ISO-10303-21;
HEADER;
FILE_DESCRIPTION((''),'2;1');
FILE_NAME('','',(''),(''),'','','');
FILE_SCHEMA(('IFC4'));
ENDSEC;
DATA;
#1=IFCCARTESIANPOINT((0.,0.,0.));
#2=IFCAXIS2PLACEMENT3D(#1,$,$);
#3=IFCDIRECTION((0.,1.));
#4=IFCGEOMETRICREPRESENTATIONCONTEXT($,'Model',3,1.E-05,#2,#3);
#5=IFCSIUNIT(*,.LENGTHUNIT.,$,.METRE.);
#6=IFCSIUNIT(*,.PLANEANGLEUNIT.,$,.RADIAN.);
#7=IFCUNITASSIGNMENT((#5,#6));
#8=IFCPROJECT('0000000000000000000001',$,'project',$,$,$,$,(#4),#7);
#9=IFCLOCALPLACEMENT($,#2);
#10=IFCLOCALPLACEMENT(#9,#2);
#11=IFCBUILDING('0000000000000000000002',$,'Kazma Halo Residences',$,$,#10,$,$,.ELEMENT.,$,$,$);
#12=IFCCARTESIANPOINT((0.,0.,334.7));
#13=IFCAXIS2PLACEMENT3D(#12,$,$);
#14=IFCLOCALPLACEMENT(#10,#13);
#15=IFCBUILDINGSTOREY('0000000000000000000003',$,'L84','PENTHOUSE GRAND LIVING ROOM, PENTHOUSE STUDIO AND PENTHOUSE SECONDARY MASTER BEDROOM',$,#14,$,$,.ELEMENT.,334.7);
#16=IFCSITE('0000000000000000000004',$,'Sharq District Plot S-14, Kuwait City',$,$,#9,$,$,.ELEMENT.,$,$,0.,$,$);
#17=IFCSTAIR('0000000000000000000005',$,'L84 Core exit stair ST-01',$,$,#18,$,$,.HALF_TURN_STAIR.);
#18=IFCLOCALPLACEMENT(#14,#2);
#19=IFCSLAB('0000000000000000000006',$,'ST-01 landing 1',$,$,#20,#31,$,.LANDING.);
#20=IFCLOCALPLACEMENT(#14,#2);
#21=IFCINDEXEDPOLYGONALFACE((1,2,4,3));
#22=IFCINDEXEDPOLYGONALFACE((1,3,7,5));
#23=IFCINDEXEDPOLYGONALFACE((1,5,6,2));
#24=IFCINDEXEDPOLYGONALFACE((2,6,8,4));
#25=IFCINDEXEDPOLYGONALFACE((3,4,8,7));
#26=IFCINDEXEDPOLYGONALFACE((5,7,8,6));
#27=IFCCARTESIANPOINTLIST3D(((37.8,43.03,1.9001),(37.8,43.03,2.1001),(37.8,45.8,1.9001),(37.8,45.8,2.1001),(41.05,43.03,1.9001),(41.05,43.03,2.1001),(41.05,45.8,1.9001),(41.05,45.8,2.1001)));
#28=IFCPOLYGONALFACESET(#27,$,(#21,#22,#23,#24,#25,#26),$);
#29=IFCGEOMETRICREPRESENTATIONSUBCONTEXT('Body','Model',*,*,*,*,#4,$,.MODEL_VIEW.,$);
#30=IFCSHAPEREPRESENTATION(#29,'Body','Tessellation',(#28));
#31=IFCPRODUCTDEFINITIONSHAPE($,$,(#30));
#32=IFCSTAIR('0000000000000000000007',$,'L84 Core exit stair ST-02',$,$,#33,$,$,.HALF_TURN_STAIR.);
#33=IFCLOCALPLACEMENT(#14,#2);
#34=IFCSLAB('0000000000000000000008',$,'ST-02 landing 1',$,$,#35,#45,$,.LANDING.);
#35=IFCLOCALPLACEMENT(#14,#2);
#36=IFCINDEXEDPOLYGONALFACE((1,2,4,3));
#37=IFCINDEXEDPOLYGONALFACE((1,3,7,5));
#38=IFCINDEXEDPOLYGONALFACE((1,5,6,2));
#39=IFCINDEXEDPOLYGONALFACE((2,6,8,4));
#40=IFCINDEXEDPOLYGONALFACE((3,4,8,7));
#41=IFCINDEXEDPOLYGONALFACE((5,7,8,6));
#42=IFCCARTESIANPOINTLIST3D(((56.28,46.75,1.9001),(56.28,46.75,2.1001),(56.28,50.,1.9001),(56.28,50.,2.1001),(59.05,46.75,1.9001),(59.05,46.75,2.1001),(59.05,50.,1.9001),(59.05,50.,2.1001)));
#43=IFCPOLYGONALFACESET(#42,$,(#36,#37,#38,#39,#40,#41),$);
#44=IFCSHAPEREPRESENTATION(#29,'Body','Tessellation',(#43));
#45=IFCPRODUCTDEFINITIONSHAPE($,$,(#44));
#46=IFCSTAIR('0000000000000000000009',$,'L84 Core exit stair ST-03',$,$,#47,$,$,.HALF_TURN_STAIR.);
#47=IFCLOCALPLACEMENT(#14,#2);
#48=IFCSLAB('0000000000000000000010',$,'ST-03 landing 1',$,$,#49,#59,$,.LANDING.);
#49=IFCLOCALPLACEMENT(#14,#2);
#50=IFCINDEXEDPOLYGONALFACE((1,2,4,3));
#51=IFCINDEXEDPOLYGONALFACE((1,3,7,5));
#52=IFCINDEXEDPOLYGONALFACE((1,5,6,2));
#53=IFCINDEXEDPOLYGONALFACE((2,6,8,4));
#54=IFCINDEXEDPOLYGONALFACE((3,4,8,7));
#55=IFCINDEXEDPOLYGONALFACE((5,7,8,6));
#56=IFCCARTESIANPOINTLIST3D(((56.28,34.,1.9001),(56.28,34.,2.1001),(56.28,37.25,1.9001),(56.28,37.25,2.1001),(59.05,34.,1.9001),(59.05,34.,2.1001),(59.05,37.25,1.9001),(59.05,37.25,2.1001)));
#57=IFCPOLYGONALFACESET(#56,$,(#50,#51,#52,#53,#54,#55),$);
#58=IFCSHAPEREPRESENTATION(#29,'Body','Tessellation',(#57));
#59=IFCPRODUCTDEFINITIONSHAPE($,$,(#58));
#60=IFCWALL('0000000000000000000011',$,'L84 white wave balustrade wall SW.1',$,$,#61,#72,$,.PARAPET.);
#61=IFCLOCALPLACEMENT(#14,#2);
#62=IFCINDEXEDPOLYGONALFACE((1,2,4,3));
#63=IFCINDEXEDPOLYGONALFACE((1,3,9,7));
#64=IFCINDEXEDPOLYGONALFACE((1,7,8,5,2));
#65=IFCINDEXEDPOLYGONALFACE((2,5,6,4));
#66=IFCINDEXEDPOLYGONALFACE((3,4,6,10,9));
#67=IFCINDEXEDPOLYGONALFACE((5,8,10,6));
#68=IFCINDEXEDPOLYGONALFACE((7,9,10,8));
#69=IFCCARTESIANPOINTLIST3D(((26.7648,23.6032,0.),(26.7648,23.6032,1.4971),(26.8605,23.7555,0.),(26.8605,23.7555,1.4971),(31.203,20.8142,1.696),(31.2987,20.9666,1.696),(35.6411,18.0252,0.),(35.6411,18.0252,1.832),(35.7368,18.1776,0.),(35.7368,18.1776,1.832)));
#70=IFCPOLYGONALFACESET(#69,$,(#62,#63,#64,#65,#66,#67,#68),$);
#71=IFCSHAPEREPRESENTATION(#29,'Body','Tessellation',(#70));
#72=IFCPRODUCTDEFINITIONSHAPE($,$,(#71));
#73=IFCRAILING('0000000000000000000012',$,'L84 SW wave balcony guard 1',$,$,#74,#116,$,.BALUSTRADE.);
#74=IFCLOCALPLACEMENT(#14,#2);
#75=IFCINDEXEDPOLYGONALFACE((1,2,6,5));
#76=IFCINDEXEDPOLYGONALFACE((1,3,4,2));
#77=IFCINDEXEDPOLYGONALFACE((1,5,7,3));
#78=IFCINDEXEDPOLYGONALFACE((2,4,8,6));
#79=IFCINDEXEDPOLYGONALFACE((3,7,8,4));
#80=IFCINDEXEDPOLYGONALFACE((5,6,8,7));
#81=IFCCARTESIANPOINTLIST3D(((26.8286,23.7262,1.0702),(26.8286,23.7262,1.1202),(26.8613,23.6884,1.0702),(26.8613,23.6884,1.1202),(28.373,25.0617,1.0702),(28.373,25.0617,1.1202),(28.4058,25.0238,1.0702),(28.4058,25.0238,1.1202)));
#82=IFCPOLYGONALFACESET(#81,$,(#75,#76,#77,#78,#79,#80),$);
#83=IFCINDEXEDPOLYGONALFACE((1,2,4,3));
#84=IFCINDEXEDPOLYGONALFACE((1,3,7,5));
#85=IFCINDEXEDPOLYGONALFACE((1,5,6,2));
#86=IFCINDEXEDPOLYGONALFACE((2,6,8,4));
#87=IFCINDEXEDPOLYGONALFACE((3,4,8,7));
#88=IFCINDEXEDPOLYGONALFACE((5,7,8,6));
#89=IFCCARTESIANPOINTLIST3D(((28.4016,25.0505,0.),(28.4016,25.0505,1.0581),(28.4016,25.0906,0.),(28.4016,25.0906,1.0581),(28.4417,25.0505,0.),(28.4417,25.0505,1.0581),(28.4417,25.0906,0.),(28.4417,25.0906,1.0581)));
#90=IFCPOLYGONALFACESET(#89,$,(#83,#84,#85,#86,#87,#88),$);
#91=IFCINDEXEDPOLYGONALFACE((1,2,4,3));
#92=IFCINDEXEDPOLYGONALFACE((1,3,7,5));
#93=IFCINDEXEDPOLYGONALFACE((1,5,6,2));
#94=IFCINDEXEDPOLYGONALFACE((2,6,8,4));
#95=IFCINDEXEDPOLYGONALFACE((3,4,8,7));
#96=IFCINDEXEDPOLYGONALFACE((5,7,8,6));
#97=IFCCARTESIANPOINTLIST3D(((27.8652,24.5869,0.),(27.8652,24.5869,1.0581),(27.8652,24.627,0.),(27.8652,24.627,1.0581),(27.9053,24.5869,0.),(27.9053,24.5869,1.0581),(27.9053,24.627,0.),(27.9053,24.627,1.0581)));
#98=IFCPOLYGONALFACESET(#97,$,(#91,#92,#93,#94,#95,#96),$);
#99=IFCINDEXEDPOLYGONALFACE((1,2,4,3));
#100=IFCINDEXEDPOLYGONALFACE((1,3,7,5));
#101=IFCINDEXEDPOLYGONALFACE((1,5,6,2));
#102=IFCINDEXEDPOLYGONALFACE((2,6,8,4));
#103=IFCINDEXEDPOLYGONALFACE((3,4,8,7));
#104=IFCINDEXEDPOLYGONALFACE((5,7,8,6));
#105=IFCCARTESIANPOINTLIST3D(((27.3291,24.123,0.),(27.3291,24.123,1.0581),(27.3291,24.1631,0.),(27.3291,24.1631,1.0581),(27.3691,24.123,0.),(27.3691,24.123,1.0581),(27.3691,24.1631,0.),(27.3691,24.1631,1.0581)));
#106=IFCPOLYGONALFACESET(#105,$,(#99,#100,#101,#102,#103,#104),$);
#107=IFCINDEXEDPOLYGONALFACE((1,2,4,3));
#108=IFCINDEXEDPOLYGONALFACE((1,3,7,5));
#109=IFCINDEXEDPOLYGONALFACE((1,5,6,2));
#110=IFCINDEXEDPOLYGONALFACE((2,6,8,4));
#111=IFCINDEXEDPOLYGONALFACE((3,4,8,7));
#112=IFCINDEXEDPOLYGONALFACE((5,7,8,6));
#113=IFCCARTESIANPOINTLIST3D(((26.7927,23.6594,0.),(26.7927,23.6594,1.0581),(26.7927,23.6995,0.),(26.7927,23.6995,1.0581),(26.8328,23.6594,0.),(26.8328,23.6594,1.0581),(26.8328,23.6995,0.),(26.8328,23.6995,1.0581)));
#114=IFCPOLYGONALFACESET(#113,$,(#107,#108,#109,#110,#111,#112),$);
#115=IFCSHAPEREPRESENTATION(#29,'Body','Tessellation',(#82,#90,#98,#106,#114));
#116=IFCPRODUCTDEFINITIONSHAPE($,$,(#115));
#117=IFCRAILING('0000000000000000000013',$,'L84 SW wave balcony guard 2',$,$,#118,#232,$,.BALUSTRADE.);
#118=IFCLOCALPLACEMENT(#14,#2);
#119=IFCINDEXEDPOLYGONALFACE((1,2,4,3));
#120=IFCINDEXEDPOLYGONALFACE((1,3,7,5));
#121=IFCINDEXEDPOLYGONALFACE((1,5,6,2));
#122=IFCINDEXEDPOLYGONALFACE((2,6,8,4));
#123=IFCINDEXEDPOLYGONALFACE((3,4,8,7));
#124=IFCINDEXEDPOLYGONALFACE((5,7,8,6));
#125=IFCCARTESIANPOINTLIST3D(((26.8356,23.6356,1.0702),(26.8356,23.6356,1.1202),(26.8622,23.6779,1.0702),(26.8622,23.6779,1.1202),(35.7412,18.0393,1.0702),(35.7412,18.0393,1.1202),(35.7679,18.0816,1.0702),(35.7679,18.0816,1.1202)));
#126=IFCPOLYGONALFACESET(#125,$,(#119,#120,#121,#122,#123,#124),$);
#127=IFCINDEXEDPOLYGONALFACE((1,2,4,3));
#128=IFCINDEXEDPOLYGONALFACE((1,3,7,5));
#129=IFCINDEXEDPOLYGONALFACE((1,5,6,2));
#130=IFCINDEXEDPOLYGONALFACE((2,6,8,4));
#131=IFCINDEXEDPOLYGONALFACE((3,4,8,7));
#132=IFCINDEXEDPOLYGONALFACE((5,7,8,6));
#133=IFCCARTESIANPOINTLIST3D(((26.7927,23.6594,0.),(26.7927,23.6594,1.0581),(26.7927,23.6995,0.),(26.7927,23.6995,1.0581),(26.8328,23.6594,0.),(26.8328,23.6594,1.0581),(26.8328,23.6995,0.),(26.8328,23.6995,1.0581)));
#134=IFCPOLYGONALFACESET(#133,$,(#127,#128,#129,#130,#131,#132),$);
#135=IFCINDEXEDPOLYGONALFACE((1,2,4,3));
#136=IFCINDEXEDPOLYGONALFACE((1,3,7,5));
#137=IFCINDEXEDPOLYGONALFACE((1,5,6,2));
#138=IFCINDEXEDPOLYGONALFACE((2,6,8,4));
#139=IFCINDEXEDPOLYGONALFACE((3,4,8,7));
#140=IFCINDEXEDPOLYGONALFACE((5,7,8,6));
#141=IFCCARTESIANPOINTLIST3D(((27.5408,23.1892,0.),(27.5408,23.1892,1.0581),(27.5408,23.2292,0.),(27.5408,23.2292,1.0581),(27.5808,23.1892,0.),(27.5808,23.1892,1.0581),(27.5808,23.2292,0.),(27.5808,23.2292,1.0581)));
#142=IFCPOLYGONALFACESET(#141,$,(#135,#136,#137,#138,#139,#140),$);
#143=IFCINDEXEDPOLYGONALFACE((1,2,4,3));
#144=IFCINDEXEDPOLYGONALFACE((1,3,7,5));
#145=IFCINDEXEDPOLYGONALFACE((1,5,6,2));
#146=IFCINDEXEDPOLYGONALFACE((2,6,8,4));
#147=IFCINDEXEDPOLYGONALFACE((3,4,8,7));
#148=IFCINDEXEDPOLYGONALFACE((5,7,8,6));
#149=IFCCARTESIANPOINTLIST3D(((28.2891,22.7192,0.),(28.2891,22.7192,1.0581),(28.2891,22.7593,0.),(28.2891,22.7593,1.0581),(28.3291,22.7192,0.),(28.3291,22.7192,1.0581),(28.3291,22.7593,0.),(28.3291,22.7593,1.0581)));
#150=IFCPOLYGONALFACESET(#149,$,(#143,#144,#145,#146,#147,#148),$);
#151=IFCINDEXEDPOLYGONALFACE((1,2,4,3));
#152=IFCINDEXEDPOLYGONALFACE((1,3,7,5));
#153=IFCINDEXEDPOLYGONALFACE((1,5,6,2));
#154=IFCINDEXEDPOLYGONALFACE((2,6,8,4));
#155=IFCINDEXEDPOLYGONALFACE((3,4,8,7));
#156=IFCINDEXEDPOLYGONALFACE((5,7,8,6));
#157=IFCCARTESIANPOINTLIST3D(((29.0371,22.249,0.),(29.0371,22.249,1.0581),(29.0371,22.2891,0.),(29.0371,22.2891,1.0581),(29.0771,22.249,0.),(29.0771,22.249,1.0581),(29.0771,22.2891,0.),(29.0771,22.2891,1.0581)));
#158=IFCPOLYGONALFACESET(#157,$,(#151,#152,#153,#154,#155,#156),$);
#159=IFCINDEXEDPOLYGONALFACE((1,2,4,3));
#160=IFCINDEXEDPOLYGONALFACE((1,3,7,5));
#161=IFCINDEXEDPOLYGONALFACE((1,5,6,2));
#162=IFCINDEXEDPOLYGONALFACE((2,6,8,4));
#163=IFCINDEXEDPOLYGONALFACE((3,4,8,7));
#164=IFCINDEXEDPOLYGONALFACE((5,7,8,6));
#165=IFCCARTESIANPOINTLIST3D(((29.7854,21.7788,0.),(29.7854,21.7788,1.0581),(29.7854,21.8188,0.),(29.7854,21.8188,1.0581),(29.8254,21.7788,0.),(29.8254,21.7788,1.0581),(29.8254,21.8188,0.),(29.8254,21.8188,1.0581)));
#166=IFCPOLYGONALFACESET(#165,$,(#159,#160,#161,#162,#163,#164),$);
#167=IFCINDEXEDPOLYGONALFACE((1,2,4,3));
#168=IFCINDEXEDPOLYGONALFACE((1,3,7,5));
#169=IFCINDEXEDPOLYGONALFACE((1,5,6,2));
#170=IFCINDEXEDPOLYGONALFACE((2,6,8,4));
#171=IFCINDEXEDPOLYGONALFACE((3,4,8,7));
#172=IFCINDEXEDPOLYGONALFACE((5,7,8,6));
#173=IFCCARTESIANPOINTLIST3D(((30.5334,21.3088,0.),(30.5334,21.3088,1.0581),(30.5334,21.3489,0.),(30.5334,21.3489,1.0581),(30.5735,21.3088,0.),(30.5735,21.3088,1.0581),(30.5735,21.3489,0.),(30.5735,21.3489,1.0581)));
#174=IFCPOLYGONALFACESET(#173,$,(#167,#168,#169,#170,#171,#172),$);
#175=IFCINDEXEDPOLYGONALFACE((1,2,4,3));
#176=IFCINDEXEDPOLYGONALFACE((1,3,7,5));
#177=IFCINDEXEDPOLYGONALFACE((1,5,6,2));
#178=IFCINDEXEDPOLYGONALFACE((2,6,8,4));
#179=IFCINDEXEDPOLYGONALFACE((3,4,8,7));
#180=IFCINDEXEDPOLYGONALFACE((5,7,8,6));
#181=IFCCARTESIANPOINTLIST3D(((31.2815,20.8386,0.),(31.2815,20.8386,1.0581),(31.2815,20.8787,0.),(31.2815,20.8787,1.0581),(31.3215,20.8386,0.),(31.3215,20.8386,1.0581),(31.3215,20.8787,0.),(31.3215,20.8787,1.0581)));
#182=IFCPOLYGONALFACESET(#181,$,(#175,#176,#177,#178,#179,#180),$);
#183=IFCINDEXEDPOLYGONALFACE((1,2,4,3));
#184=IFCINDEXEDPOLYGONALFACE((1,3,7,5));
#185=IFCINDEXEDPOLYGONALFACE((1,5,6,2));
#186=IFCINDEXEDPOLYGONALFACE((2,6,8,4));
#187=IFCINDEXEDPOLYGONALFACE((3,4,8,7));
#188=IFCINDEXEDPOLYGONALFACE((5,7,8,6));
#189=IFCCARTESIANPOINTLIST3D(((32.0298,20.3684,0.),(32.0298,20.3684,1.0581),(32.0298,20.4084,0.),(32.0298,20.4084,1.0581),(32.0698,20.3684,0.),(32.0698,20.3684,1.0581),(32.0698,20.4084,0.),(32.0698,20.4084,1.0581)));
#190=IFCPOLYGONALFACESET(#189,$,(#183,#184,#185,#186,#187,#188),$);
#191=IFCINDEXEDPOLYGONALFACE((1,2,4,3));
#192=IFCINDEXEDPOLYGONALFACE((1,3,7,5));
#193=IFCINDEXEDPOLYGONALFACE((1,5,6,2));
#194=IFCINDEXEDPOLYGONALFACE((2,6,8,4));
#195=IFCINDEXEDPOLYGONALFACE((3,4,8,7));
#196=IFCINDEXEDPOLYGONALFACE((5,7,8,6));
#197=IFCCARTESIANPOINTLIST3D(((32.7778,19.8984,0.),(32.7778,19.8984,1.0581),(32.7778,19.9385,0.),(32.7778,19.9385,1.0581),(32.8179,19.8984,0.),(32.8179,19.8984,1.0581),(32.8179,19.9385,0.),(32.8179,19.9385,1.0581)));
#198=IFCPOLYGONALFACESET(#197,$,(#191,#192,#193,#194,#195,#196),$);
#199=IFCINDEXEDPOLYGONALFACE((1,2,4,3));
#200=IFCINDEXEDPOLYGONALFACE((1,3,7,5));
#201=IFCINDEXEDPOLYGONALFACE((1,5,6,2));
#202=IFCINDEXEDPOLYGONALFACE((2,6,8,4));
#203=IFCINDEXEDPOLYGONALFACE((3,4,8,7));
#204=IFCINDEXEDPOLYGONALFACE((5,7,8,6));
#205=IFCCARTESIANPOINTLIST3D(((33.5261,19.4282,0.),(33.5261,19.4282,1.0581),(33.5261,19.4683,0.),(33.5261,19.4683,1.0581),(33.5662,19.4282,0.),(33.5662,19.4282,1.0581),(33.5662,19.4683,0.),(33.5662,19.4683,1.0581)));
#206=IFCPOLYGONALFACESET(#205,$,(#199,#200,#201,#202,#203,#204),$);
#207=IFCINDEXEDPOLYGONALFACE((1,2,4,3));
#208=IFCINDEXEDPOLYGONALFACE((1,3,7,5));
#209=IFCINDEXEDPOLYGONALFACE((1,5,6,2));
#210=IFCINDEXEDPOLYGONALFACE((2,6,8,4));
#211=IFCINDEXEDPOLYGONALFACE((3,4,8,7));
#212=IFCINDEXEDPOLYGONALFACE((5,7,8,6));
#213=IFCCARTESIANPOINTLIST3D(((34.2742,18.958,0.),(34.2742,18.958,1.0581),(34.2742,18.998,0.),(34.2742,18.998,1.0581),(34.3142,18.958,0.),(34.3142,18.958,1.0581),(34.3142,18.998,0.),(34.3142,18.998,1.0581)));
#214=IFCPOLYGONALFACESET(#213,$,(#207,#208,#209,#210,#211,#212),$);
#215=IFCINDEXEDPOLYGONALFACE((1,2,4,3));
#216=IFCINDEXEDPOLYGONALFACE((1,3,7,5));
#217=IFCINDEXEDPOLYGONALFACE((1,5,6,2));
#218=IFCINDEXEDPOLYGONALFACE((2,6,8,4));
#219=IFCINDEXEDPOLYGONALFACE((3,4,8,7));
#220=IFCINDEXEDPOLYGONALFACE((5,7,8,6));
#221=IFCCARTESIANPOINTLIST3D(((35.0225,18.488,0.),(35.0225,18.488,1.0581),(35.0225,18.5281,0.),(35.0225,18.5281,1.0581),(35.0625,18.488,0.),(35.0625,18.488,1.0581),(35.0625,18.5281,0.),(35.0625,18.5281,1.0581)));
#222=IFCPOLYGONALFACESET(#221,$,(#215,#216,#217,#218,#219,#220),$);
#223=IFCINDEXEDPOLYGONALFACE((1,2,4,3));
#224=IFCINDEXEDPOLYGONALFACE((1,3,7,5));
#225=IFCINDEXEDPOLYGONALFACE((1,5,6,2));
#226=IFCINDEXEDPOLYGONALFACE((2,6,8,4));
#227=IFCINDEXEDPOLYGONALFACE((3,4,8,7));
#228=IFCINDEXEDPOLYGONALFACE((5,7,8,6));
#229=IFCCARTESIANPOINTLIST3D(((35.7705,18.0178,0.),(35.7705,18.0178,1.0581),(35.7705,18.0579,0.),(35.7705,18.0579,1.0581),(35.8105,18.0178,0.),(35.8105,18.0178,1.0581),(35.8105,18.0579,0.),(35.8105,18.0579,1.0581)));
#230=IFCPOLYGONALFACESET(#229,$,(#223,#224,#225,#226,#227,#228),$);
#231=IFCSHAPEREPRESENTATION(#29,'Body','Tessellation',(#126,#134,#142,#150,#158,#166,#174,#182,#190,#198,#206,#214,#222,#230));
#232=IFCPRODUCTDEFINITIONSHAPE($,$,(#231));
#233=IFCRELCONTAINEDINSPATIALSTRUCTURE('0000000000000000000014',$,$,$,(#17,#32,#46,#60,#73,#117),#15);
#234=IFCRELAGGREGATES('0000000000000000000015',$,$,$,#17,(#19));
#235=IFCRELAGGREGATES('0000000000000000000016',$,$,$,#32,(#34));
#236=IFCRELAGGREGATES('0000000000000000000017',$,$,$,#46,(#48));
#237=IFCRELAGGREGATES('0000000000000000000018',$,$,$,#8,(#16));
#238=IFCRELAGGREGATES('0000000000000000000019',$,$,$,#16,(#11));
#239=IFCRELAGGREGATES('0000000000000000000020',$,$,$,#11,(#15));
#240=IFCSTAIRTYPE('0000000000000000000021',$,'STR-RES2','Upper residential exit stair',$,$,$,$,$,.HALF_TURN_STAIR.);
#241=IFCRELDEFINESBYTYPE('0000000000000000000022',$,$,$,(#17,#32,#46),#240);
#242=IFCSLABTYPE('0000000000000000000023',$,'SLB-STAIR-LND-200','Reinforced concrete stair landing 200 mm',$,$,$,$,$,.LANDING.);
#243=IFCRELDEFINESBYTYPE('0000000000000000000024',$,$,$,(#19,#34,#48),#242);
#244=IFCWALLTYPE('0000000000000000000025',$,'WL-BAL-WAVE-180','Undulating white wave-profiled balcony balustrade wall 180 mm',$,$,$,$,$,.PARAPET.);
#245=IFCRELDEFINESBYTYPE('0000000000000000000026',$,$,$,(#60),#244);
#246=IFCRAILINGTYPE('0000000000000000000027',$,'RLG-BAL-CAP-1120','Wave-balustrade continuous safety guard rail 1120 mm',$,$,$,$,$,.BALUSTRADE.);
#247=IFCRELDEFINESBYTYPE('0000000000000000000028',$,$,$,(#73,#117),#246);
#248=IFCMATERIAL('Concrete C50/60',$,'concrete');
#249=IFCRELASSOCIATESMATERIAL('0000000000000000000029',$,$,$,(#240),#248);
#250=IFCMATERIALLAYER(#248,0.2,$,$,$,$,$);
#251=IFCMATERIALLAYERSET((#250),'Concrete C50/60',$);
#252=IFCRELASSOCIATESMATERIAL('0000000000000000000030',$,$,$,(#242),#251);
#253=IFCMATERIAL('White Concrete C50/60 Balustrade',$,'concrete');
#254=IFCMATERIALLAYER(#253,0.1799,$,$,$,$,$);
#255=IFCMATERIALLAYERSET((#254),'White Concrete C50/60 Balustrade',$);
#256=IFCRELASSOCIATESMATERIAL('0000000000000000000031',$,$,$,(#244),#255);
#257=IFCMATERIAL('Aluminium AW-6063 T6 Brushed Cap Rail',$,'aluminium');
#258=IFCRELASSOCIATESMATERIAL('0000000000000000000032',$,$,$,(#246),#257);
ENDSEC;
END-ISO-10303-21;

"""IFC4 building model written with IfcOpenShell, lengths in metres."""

from ifc_helpers import new_model, si_unit, direction, frame, origin, origin_2d, place, context, subcontext, project, spatial, polyline, rectangle, outline, extrude, material, layer, layer_set, type_object, element, aggregate, save


model = new_model("IFC4")

# Units and contexts
model_context = context("Model", 3, precision=1e-05, world=origin(), true_north=direction((0.0, 1.0)))
body_context = subcontext(model_context, "Body", "Model", "MODEL_VIEW")
ifc_project = project(units=[si_unit("LENGTHUNIT", "METRE"), si_unit("PLANEANGLEUNIT", "RADIAN")], contexts=[model_context])

# Site, building, storey
site_placement = place(None, origin())
site = spatial("IfcSite", under=ifc_project, at=site_placement, Name="Sharq District Plot S-14, Kuwait City", CompositionType="ELEMENT", RefElevation=0.0)
building_placement = place(site_placement, origin())
building = spatial("IfcBuilding", under=site, at=building_placement, Name="Kazma Halo Residences", CompositionType="ELEMENT")
storey_placement = place(building_placement, frame((0.0, 0.0, 334.7)))
storey = spatial("IfcBuildingStorey", under=building, at=storey_placement, Name="L84", Description="PENTHOUSE GRAND LIVING ROOM, PENTHOUSE STUDIO AND PENTHOUSE SECONDARY MASTER BEDROOM", CompositionType="ELEMENT", Elevation=334.7)

# Shared definitions
ifc_material_1 = material(Name="Concrete C50/60", Category="concrete")

# Stairs, slabs
stair_type = type_object("IfcStairType", Name="STR-RES2", Description="Upper residential exit stair", PredefinedType="HALF_TURN_STAIR", material=ifc_material_1)
stair_1_placement = place(storey_placement, origin())
stair_1 = element("IfcStair", 1, at=stair_1_placement, inside=storey, type_object=stair_type, Name="L84 Core exit stair ST-01", PredefinedType="HALF_TURN_STAIR")
ifc_layer_1 = layer(ifc_material_1, 0.2)
ifc_layer_set_1 = layer_set([ifc_layer_1], Name="Concrete C50/60")
slab_type_1 = type_object("IfcSlabType", Name="SLB-STAIR-LND-200", Description="Reinforced concrete stair landing 200 mm", PredefinedType="LANDING", material=ifc_layer_set_1)
slab_1_placement = place(storey_placement, frame((0.0, 0.0, 1.9001)))
slab_1 = element("IfcSlab", 2, at=slab_1_placement, type_object=slab_type_1, Name="ST-01 landing 1", PredefinedType="LANDING", context=body_context, shape_type="SweptSolid", body=[
    extrude(outline(polyline([(41.05, 43.03), (41.05, 45.8), (37.8, 45.8), (37.8, 43.03), (41.05, 43.03)])), origin(), (0.0, 0.0, 1.0), 0.2),
])
aggregate(stair_1, [slab_1])
stair_2_placement = place(storey_placement, origin())
stair_2 = element("IfcStair", 3, at=stair_2_placement, inside=storey, type_object=stair_type, Name="L84 Core exit stair ST-02", PredefinedType="HALF_TURN_STAIR")
slab_2_placement = place(storey_placement, frame((0.0, 0.0, 1.9001)))
slab_2 = element("IfcSlab", 4, at=slab_2_placement, type_object=slab_type_1, Name="ST-02 landing 1", PredefinedType="LANDING", context=body_context, shape_type="SweptSolid", body=[
    extrude(outline(polyline([(56.28, 46.75), (59.05, 46.75), (59.05, 50.0), (56.28, 50.0), (56.28, 46.75)])), origin(), (0.0, 0.0, 1.0), 0.2),
])
aggregate(stair_2, [slab_2])
stair_3_placement = place(storey_placement, origin())
stair_3 = element("IfcStair", 5, at=stair_3_placement, inside=storey, type_object=stair_type, Name="L84 Core exit stair ST-03", PredefinedType="HALF_TURN_STAIR")
slab_3_placement = place(storey_placement, frame((0.0, 0.0, 1.9001)))
slab_3 = element("IfcSlab", 6, at=slab_3_placement, type_object=slab_type_1, Name="ST-03 landing 1", PredefinedType="LANDING", context=body_context, shape_type="SweptSolid", body=[
    extrude(outline(polyline([(56.28, 34.0), (59.05, 34.0), (59.05, 37.25), (56.28, 37.25), (56.28, 34.0)])), origin(), (0.0, 0.0, 1.0), 0.2),
])
aggregate(stair_3, [slab_3])

# Wall
ifc_material_2 = material(Name="White Concrete C50/60 Balustrade", Category="concrete")
ifc_layer_2 = layer(ifc_material_2, 0.1799)
ifc_layer_set_2 = layer_set([ifc_layer_2], Name="White Concrete C50/60 Balustrade")
wall_type_1 = type_object("IfcWallType", Name="WL-BAL-WAVE-180", Description="Undulating white wave-profiled balcony balustrade wall 180 mm", PredefinedType="PARAPET", material=ifc_layer_set_2)
wall_1_placement = place(storey_placement, frame((26.8127, 23.6794, 0.0), z_axis=(0.0, 0.0, 1.0), x_axis=(0.846699, -0.532072, 0.0)))
element("IfcWall", 7, at=wall_1_placement, inside=storey, type_object=wall_type_1, Name="L84 white wave balustrade wall SW.1", PredefinedType="PARAPET", context=body_context, shape_type="SweptSolid", body=[
    extrude(outline(polyline([(0.0, 0.0), (10.4834, 0.0), (10.4834, 1.832), (5.2417, 1.696), (0.0, 1.4971), (0.0, 0.0)])), frame((0.0, 0.0898, 0.0), z_axis=(0.0, -1.0, 0.0), x_axis=(1.0, 0.0, 0.0)), (0.0, 0.0, 1.0), 0.1799),
])

# Railings
ifc_material_3 = material(Name="Aluminium AW-6063 T6 Brushed Cap Rail", Category="aluminium")
railing_type = type_object("IfcRailingType", Name="RLG-BAL-CAP-1120", Description="Wave-balustrade continuous safety guard rail 1120 mm", PredefinedType="BALUSTRADE", material=ifc_material_3)
railing_1_placement = place(storey_placement, frame((28.4216, 25.0706, 0.0)))
element("IfcRailing", 8, at=railing_1_placement, inside=storey, type_object=railing_type, Name="L84 SW wave balcony guard 1", PredefinedType="BALUSTRADE", context=body_context, shape_type="SweptSolid", body=[
    extrude(rectangle(XDim=0.05, YDim=0.05, at=origin_2d()), frame((-0.0322, -0.0278, 1.0952), z_axis=(-0.756446, -0.654056, 0.0), x_axis=(0.654056, -0.756446, 0.0)), (0.0, 0.0, 1.0), 2.0417),
    extrude(rectangle(XDim=0.04, YDim=0.04, at=origin_2d()), origin(), (0.0, 0.0, 1.0), 1.0581),
    extrude(rectangle(XDim=0.04, YDim=0.04, at=origin_2d()), frame((-0.5364, -0.4636, 0.0)), (0.0, 0.0, 1.0), 1.0581),
    extrude(rectangle(XDim=0.04, YDim=0.04, at=origin_2d()), frame((-1.0725, -0.9275, 0.0)), (0.0, 0.0, 1.0), 1.0581),
    extrude(rectangle(XDim=0.04, YDim=0.04, at=origin_2d()), frame((-1.6089, -1.3911, 0.0)), (0.0, 0.0, 1.0), 1.0581),
])
railing_2_placement = place(storey_placement, frame((26.8127, 23.6794, 0.0)))
element("IfcRailing", 9, at=railing_2_placement, inside=storey, type_object=railing_type, Name="L84 SW wave balcony guard 2", PredefinedType="BALUSTRADE", context=body_context, shape_type="SweptSolid", body=[
    extrude(rectangle(XDim=0.05, YDim=0.05, at=origin_2d()), frame((0.0361, -0.0227, 1.0952), z_axis=(0.846704, -0.532065, 0.0), x_axis=(0.532065, 0.846704, 0.0)), (0.0, 0.0, 1.0), 10.5181),
    extrude(rectangle(XDim=0.04, YDim=0.04, at=origin_2d()), origin(), (0.0, 0.0, 1.0), 1.0581),
    extrude(rectangle(XDim=0.04, YDim=0.04, at=origin_2d()), frame((0.748, -0.4702, 0.0)), (0.0, 0.0, 1.0), 1.0581),
    extrude(rectangle(XDim=0.04, YDim=0.04, at=origin_2d()), frame((1.4963, -0.9402, 0.0)), (0.0, 0.0, 1.0), 1.0581),
    extrude(rectangle(XDim=0.04, YDim=0.04, at=origin_2d()), frame((2.2444, -1.4104, 0.0)), (0.0, 0.0, 1.0), 1.0581),
    extrude(rectangle(XDim=0.04, YDim=0.04, at=origin_2d()), frame((2.9927, -1.8806, 0.0)), (0.0, 0.0, 1.0), 1.0581),
    extrude(rectangle(XDim=0.04, YDim=0.04, at=origin_2d()), frame((3.7407, -2.3506, 0.0)), (0.0, 0.0, 1.0), 1.0581),
    extrude(rectangle(XDim=0.04, YDim=0.04, at=origin_2d()), frame((4.4888, -2.8208, 0.0)), (0.0, 0.0, 1.0), 1.0581),
    extrude(rectangle(XDim=0.04, YDim=0.04, at=origin_2d()), frame((5.2371, -3.291, 0.0)), (0.0, 0.0, 1.0), 1.0581),
    extrude(rectangle(XDim=0.04, YDim=0.04, at=origin_2d()), frame((5.9851, -3.761, 0.0)), (0.0, 0.0, 1.0), 1.0581),
    extrude(rectangle(XDim=0.04, YDim=0.04, at=origin_2d()), frame((6.7334, -4.2312, 0.0)), (0.0, 0.0, 1.0), 1.0581),
    extrude(rectangle(XDim=0.04, YDim=0.04, at=origin_2d()), frame((7.4814, -4.7014, 0.0)), (0.0, 0.0, 1.0), 1.0581),
    extrude(rectangle(XDim=0.04, YDim=0.04, at=origin_2d()), frame((8.2297, -5.1714, 0.0)), (0.0, 0.0, 1.0), 1.0581),
    extrude(rectangle(XDim=0.04, YDim=0.04, at=origin_2d()), frame((8.9778, -5.6416, 0.0)), (0.0, 0.0, 1.0), 1.0581),
])

save(model, "model.ifc")
